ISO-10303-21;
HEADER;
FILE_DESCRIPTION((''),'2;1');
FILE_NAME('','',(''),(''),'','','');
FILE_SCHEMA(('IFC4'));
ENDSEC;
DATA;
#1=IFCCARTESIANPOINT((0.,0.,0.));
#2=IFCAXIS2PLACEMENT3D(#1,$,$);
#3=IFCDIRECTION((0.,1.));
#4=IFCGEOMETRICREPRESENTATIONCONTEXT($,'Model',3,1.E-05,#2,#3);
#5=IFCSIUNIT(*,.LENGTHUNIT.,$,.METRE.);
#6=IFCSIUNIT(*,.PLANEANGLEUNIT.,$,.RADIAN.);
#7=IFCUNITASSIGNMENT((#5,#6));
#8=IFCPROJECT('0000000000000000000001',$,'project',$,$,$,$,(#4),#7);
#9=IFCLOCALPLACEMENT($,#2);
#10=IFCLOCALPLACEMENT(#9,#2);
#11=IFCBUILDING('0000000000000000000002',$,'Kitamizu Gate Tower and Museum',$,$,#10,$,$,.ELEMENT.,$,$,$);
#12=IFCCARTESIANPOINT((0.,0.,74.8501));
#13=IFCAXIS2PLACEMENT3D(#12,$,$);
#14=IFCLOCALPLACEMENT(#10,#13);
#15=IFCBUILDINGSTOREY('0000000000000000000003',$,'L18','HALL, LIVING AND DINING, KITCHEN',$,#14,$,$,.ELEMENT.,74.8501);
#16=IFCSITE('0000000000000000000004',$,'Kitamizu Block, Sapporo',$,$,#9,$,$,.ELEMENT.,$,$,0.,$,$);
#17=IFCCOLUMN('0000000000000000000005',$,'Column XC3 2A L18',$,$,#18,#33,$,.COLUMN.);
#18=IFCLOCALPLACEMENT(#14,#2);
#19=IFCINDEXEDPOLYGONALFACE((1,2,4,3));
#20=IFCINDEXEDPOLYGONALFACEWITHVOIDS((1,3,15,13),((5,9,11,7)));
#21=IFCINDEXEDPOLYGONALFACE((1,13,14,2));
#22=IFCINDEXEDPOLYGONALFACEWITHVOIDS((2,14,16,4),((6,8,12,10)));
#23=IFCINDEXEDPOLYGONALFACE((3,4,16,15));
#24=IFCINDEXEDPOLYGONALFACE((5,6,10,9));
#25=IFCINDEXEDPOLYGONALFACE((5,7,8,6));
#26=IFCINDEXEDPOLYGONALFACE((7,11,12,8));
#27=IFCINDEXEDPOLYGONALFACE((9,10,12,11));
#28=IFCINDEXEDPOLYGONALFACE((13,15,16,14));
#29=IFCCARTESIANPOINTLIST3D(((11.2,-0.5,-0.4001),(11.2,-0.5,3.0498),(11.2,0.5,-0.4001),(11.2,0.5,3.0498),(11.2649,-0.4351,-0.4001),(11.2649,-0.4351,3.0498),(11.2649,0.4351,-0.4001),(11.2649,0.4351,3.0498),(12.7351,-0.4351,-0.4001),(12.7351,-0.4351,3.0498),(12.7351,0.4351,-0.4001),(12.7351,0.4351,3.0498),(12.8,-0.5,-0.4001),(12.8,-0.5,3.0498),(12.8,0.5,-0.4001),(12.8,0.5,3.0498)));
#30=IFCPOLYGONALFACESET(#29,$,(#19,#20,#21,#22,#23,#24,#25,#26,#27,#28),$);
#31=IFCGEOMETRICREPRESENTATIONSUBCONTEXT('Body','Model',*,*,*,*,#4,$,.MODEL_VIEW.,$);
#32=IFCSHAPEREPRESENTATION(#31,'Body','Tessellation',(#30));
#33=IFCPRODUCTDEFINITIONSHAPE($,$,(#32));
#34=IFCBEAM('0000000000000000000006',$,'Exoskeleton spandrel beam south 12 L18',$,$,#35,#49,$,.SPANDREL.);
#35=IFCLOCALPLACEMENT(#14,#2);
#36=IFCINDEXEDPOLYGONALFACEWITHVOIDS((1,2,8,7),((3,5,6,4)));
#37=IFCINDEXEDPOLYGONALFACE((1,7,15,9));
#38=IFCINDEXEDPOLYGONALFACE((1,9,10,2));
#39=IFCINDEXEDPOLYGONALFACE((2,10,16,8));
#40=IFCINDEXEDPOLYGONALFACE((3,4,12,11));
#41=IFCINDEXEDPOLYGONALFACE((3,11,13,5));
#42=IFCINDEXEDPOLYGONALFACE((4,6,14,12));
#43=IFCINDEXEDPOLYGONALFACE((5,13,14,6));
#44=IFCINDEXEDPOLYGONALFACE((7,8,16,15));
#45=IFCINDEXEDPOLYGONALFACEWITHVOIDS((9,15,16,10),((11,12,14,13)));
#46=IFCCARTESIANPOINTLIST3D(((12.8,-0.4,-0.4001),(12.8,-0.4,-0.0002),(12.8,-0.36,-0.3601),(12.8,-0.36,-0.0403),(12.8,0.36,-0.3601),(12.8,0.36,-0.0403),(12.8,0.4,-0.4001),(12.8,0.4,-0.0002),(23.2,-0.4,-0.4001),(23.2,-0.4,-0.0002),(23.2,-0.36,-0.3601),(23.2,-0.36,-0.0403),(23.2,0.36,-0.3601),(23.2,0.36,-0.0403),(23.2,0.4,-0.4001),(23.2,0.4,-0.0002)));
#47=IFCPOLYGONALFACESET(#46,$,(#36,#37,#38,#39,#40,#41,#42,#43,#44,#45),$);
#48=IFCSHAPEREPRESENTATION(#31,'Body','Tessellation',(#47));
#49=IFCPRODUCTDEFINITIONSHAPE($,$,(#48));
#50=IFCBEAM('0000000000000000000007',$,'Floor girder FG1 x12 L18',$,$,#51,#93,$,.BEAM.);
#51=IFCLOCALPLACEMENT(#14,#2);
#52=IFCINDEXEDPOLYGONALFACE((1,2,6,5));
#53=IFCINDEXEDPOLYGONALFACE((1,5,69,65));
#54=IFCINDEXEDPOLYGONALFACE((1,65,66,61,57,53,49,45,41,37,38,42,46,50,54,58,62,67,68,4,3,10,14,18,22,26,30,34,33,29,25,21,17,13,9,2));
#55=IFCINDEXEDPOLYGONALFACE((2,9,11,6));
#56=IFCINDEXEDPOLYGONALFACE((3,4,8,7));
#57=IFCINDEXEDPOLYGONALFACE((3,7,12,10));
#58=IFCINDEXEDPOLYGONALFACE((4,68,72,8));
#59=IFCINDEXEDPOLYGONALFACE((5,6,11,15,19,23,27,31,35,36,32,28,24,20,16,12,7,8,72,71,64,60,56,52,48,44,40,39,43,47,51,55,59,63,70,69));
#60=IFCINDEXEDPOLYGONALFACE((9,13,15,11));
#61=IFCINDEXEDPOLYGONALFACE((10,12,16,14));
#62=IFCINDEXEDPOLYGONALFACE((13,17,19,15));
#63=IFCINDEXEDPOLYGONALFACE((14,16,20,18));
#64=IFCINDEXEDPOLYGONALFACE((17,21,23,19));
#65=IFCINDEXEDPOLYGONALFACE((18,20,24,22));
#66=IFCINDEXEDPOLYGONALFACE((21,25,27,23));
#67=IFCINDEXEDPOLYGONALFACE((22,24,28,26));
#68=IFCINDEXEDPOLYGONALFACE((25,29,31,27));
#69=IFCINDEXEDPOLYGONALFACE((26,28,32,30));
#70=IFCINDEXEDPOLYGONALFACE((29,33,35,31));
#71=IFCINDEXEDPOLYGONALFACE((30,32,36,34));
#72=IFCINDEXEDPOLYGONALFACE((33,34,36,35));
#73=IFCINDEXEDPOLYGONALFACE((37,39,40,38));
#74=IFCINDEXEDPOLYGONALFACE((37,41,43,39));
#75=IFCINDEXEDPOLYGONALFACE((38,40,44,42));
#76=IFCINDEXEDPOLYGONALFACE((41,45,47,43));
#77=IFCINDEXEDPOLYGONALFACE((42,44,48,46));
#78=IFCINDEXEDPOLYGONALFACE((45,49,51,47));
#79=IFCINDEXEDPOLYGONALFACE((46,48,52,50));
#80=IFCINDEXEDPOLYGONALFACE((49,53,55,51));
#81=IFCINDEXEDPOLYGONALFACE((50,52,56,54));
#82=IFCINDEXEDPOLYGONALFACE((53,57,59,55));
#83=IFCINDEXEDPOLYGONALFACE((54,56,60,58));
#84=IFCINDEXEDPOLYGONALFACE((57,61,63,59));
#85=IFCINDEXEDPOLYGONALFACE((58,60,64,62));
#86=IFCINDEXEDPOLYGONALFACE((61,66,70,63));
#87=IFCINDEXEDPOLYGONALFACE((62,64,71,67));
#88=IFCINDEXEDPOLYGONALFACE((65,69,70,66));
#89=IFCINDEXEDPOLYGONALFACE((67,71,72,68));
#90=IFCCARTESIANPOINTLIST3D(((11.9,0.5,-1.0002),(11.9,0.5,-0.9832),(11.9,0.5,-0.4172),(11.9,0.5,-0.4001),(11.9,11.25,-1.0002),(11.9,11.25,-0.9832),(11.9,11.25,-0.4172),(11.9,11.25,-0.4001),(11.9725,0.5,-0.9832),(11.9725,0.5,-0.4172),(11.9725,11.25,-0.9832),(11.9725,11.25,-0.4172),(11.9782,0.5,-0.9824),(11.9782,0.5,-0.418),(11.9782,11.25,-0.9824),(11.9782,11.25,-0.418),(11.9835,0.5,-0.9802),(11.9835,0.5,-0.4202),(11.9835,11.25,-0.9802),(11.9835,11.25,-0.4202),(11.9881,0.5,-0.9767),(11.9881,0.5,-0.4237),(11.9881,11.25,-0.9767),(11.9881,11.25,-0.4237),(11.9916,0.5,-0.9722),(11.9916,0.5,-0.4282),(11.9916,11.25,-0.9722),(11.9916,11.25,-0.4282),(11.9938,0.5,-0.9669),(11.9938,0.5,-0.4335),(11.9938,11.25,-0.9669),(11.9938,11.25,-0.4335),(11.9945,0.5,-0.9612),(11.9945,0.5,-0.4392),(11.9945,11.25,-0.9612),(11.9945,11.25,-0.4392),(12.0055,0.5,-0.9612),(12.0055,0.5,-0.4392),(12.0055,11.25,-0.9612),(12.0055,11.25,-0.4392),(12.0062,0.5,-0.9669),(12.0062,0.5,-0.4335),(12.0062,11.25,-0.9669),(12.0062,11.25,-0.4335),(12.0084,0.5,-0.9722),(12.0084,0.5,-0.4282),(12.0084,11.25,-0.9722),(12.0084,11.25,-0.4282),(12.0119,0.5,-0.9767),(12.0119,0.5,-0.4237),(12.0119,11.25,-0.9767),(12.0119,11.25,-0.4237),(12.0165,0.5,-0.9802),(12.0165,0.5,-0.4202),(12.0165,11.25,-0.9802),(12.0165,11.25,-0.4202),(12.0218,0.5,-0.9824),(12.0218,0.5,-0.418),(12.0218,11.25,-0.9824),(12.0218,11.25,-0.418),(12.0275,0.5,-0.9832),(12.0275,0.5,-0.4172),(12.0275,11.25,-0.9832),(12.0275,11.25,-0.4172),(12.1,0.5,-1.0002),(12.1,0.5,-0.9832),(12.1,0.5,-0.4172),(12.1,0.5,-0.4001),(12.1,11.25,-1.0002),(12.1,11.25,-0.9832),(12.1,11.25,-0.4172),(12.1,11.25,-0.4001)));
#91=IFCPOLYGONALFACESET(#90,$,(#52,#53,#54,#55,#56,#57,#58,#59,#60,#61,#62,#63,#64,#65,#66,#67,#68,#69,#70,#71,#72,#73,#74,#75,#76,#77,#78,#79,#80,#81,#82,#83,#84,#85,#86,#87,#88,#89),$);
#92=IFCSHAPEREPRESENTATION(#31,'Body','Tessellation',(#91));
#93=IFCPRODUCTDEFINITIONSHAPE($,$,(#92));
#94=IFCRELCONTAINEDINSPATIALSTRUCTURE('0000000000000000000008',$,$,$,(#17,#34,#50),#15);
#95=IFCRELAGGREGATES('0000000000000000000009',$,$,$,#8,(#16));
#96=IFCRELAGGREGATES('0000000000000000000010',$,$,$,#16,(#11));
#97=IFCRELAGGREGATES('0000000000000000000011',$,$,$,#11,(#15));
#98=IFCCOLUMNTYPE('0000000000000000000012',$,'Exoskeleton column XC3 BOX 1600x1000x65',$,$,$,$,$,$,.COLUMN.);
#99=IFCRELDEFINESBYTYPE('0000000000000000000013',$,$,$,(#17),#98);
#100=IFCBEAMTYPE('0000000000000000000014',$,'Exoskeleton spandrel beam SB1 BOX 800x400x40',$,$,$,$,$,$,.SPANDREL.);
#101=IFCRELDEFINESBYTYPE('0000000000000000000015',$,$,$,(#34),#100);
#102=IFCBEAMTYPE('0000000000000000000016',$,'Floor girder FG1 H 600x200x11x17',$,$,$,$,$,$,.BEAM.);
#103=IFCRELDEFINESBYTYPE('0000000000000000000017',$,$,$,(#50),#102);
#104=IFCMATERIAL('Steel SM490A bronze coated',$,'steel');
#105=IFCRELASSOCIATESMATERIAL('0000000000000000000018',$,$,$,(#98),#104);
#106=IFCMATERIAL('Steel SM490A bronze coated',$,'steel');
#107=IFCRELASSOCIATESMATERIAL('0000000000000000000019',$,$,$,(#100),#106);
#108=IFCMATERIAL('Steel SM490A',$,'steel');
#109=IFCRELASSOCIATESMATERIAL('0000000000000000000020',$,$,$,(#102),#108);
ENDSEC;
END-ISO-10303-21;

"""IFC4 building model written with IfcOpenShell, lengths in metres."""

from ifc_helpers import new_model, si_unit, direction, frame, origin, origin_2d, place, context, subcontext, project, spatial, hollow_rectangle, i_section, extrude, material, material_profile, profile_set, type_object, element, save


model = new_model("IFC4")

# Units and contexts
model_context = context("Model", 3, precision=1e-05, world=origin(), true_north=direction((0.0, 1.0)))
body_context = subcontext(model_context, "Body", "Model", "MODEL_VIEW")
ifc_project = project(units=[si_unit("LENGTHUNIT", "METRE"), si_unit("PLANEANGLEUNIT", "RADIAN")], contexts=[model_context])

# Site, building, storey
site_placement = place(None, origin())
site = spatial("IfcSite", under=ifc_project, at=site_placement, Name="Kitamizu Block, Sapporo", CompositionType="ELEMENT", RefElevation=0.0)
building_placement = place(site_placement, origin())
building = spatial("IfcBuilding", under=site, at=building_placement, Name="Kitamizu Gate Tower and Museum", CompositionType="ELEMENT")
storey_placement = place(building_placement, frame((0.0, 0.0, 74.8501)))
storey = spatial("IfcBuildingStorey", under=building, at=storey_placement, Name="L18", Description="HALL, LIVING AND DINING, KITCHEN", CompositionType="ELEMENT", Elevation=74.8501)

# Column
ifc_material_1 = material(Name="Steel SM490A bronze coated", Category="steel")
ifc_material_profile_1 = material_profile(ifc_material_1, hollow_rectangle(XDim=1.6001, YDim=1.0, WallThickness=0.0649, at=origin_2d()), Name="BOX 1600x1000x65")
ifc_profile_set_1 = profile_set([ifc_material_profile_1], Name="Steel SM490A bronze coated")
column_type = type_object("IfcColumnType", Name="Exoskeleton column XC3 BOX 1600x1000x65", PredefinedType="COLUMN", material=ifc_profile_set_1)
column_placement = place(storey_placement, frame((12.0, 0.0, -0.4001), z_axis=(0.0, 0.0, 1.0), x_axis=(1.0, 0.0, 0.0)))
element("IfcColumn", 1, at=column_placement, inside=storey, type_object=column_type, Name="Column XC3 2A L18", PredefinedType="COLUMN", context=body_context, shape_type="SweptSolid", body=[
    extrude(hollow_rectangle(XDim=1.6001, YDim=1.0, WallThickness=0.0649, at=origin_2d()), origin(), (0.0, 0.0, 1.0), 3.45),
])

# Beams
ifc_material_2 = material(Name="Steel SM490A bronze coated", Category="steel")
ifc_material_profile_2 = material_profile(ifc_material_2, hollow_rectangle(XDim=0.8, YDim=0.3999, WallThickness=0.04, at=origin_2d()), Name="BOX 800x400x40")
ifc_profile_set_2 = profile_set([ifc_material_profile_2], Name="Steel SM490A bronze coated")
beam_type_1 = type_object("IfcBeamType", Name="Exoskeleton spandrel beam SB1 BOX 800x400x40", PredefinedType="SPANDREL", material=ifc_profile_set_2)
beam_1_placement = place(storey_placement, frame((12.8, 0.0, -0.2002), z_axis=(1.0, 0.0, 0.0), x_axis=(0.0, 1.0, 0.0)))
element("IfcBeam", 2, at=beam_1_placement, inside=storey, type_object=beam_type_1, Name="Exoskeleton spandrel beam south 12 L18", PredefinedType="SPANDREL", context=body_context, shape_type="SweptSolid", body=[
    extrude(hollow_rectangle(XDim=0.8, YDim=0.3999, WallThickness=0.04, at=origin_2d()), origin(), (0.0, 0.0, 1.0), 10.3999),
])
ifc_material_3 = material(Name="Steel SM490A", Category="steel")
ifc_material_profile_3 = material_profile(ifc_material_3, i_section(OverallWidth=0.2, OverallDepth=0.6001, WebThickness=0.011, FlangeThickness=0.0171, FilletRadius=0.022, at=origin_2d()), Name="H-600x200x11x17")
ifc_profile_set_3 = profile_set([ifc_material_profile_3], Name="Steel SM490A")
beam_type_2 = type_object("IfcBeamType", Name="Floor girder FG1 H 600x200x11x17", PredefinedType="BEAM", material=ifc_profile_set_3)
beam_2_placement = place(storey_placement, frame((12.0, 0.5, -0.7002), z_axis=(0.0, 1.0, 0.0), x_axis=(-1.0, 0.0, 0.0)))
element("IfcBeam", 3, at=beam_2_placement, inside=storey, type_object=beam_type_2, Name="Floor girder FG1 x12 L18", PredefinedType="BEAM", context=body_context, shape_type="SweptSolid", body=[
    extrude(i_section(OverallWidth=0.2, OverallDepth=0.6001, WebThickness=0.011, FlangeThickness=0.0171, FilletRadius=0.022, at=origin_2d()), origin(), (0.0, 0.0, 1.0), 10.75),
])

save(model, "model.ifc")
